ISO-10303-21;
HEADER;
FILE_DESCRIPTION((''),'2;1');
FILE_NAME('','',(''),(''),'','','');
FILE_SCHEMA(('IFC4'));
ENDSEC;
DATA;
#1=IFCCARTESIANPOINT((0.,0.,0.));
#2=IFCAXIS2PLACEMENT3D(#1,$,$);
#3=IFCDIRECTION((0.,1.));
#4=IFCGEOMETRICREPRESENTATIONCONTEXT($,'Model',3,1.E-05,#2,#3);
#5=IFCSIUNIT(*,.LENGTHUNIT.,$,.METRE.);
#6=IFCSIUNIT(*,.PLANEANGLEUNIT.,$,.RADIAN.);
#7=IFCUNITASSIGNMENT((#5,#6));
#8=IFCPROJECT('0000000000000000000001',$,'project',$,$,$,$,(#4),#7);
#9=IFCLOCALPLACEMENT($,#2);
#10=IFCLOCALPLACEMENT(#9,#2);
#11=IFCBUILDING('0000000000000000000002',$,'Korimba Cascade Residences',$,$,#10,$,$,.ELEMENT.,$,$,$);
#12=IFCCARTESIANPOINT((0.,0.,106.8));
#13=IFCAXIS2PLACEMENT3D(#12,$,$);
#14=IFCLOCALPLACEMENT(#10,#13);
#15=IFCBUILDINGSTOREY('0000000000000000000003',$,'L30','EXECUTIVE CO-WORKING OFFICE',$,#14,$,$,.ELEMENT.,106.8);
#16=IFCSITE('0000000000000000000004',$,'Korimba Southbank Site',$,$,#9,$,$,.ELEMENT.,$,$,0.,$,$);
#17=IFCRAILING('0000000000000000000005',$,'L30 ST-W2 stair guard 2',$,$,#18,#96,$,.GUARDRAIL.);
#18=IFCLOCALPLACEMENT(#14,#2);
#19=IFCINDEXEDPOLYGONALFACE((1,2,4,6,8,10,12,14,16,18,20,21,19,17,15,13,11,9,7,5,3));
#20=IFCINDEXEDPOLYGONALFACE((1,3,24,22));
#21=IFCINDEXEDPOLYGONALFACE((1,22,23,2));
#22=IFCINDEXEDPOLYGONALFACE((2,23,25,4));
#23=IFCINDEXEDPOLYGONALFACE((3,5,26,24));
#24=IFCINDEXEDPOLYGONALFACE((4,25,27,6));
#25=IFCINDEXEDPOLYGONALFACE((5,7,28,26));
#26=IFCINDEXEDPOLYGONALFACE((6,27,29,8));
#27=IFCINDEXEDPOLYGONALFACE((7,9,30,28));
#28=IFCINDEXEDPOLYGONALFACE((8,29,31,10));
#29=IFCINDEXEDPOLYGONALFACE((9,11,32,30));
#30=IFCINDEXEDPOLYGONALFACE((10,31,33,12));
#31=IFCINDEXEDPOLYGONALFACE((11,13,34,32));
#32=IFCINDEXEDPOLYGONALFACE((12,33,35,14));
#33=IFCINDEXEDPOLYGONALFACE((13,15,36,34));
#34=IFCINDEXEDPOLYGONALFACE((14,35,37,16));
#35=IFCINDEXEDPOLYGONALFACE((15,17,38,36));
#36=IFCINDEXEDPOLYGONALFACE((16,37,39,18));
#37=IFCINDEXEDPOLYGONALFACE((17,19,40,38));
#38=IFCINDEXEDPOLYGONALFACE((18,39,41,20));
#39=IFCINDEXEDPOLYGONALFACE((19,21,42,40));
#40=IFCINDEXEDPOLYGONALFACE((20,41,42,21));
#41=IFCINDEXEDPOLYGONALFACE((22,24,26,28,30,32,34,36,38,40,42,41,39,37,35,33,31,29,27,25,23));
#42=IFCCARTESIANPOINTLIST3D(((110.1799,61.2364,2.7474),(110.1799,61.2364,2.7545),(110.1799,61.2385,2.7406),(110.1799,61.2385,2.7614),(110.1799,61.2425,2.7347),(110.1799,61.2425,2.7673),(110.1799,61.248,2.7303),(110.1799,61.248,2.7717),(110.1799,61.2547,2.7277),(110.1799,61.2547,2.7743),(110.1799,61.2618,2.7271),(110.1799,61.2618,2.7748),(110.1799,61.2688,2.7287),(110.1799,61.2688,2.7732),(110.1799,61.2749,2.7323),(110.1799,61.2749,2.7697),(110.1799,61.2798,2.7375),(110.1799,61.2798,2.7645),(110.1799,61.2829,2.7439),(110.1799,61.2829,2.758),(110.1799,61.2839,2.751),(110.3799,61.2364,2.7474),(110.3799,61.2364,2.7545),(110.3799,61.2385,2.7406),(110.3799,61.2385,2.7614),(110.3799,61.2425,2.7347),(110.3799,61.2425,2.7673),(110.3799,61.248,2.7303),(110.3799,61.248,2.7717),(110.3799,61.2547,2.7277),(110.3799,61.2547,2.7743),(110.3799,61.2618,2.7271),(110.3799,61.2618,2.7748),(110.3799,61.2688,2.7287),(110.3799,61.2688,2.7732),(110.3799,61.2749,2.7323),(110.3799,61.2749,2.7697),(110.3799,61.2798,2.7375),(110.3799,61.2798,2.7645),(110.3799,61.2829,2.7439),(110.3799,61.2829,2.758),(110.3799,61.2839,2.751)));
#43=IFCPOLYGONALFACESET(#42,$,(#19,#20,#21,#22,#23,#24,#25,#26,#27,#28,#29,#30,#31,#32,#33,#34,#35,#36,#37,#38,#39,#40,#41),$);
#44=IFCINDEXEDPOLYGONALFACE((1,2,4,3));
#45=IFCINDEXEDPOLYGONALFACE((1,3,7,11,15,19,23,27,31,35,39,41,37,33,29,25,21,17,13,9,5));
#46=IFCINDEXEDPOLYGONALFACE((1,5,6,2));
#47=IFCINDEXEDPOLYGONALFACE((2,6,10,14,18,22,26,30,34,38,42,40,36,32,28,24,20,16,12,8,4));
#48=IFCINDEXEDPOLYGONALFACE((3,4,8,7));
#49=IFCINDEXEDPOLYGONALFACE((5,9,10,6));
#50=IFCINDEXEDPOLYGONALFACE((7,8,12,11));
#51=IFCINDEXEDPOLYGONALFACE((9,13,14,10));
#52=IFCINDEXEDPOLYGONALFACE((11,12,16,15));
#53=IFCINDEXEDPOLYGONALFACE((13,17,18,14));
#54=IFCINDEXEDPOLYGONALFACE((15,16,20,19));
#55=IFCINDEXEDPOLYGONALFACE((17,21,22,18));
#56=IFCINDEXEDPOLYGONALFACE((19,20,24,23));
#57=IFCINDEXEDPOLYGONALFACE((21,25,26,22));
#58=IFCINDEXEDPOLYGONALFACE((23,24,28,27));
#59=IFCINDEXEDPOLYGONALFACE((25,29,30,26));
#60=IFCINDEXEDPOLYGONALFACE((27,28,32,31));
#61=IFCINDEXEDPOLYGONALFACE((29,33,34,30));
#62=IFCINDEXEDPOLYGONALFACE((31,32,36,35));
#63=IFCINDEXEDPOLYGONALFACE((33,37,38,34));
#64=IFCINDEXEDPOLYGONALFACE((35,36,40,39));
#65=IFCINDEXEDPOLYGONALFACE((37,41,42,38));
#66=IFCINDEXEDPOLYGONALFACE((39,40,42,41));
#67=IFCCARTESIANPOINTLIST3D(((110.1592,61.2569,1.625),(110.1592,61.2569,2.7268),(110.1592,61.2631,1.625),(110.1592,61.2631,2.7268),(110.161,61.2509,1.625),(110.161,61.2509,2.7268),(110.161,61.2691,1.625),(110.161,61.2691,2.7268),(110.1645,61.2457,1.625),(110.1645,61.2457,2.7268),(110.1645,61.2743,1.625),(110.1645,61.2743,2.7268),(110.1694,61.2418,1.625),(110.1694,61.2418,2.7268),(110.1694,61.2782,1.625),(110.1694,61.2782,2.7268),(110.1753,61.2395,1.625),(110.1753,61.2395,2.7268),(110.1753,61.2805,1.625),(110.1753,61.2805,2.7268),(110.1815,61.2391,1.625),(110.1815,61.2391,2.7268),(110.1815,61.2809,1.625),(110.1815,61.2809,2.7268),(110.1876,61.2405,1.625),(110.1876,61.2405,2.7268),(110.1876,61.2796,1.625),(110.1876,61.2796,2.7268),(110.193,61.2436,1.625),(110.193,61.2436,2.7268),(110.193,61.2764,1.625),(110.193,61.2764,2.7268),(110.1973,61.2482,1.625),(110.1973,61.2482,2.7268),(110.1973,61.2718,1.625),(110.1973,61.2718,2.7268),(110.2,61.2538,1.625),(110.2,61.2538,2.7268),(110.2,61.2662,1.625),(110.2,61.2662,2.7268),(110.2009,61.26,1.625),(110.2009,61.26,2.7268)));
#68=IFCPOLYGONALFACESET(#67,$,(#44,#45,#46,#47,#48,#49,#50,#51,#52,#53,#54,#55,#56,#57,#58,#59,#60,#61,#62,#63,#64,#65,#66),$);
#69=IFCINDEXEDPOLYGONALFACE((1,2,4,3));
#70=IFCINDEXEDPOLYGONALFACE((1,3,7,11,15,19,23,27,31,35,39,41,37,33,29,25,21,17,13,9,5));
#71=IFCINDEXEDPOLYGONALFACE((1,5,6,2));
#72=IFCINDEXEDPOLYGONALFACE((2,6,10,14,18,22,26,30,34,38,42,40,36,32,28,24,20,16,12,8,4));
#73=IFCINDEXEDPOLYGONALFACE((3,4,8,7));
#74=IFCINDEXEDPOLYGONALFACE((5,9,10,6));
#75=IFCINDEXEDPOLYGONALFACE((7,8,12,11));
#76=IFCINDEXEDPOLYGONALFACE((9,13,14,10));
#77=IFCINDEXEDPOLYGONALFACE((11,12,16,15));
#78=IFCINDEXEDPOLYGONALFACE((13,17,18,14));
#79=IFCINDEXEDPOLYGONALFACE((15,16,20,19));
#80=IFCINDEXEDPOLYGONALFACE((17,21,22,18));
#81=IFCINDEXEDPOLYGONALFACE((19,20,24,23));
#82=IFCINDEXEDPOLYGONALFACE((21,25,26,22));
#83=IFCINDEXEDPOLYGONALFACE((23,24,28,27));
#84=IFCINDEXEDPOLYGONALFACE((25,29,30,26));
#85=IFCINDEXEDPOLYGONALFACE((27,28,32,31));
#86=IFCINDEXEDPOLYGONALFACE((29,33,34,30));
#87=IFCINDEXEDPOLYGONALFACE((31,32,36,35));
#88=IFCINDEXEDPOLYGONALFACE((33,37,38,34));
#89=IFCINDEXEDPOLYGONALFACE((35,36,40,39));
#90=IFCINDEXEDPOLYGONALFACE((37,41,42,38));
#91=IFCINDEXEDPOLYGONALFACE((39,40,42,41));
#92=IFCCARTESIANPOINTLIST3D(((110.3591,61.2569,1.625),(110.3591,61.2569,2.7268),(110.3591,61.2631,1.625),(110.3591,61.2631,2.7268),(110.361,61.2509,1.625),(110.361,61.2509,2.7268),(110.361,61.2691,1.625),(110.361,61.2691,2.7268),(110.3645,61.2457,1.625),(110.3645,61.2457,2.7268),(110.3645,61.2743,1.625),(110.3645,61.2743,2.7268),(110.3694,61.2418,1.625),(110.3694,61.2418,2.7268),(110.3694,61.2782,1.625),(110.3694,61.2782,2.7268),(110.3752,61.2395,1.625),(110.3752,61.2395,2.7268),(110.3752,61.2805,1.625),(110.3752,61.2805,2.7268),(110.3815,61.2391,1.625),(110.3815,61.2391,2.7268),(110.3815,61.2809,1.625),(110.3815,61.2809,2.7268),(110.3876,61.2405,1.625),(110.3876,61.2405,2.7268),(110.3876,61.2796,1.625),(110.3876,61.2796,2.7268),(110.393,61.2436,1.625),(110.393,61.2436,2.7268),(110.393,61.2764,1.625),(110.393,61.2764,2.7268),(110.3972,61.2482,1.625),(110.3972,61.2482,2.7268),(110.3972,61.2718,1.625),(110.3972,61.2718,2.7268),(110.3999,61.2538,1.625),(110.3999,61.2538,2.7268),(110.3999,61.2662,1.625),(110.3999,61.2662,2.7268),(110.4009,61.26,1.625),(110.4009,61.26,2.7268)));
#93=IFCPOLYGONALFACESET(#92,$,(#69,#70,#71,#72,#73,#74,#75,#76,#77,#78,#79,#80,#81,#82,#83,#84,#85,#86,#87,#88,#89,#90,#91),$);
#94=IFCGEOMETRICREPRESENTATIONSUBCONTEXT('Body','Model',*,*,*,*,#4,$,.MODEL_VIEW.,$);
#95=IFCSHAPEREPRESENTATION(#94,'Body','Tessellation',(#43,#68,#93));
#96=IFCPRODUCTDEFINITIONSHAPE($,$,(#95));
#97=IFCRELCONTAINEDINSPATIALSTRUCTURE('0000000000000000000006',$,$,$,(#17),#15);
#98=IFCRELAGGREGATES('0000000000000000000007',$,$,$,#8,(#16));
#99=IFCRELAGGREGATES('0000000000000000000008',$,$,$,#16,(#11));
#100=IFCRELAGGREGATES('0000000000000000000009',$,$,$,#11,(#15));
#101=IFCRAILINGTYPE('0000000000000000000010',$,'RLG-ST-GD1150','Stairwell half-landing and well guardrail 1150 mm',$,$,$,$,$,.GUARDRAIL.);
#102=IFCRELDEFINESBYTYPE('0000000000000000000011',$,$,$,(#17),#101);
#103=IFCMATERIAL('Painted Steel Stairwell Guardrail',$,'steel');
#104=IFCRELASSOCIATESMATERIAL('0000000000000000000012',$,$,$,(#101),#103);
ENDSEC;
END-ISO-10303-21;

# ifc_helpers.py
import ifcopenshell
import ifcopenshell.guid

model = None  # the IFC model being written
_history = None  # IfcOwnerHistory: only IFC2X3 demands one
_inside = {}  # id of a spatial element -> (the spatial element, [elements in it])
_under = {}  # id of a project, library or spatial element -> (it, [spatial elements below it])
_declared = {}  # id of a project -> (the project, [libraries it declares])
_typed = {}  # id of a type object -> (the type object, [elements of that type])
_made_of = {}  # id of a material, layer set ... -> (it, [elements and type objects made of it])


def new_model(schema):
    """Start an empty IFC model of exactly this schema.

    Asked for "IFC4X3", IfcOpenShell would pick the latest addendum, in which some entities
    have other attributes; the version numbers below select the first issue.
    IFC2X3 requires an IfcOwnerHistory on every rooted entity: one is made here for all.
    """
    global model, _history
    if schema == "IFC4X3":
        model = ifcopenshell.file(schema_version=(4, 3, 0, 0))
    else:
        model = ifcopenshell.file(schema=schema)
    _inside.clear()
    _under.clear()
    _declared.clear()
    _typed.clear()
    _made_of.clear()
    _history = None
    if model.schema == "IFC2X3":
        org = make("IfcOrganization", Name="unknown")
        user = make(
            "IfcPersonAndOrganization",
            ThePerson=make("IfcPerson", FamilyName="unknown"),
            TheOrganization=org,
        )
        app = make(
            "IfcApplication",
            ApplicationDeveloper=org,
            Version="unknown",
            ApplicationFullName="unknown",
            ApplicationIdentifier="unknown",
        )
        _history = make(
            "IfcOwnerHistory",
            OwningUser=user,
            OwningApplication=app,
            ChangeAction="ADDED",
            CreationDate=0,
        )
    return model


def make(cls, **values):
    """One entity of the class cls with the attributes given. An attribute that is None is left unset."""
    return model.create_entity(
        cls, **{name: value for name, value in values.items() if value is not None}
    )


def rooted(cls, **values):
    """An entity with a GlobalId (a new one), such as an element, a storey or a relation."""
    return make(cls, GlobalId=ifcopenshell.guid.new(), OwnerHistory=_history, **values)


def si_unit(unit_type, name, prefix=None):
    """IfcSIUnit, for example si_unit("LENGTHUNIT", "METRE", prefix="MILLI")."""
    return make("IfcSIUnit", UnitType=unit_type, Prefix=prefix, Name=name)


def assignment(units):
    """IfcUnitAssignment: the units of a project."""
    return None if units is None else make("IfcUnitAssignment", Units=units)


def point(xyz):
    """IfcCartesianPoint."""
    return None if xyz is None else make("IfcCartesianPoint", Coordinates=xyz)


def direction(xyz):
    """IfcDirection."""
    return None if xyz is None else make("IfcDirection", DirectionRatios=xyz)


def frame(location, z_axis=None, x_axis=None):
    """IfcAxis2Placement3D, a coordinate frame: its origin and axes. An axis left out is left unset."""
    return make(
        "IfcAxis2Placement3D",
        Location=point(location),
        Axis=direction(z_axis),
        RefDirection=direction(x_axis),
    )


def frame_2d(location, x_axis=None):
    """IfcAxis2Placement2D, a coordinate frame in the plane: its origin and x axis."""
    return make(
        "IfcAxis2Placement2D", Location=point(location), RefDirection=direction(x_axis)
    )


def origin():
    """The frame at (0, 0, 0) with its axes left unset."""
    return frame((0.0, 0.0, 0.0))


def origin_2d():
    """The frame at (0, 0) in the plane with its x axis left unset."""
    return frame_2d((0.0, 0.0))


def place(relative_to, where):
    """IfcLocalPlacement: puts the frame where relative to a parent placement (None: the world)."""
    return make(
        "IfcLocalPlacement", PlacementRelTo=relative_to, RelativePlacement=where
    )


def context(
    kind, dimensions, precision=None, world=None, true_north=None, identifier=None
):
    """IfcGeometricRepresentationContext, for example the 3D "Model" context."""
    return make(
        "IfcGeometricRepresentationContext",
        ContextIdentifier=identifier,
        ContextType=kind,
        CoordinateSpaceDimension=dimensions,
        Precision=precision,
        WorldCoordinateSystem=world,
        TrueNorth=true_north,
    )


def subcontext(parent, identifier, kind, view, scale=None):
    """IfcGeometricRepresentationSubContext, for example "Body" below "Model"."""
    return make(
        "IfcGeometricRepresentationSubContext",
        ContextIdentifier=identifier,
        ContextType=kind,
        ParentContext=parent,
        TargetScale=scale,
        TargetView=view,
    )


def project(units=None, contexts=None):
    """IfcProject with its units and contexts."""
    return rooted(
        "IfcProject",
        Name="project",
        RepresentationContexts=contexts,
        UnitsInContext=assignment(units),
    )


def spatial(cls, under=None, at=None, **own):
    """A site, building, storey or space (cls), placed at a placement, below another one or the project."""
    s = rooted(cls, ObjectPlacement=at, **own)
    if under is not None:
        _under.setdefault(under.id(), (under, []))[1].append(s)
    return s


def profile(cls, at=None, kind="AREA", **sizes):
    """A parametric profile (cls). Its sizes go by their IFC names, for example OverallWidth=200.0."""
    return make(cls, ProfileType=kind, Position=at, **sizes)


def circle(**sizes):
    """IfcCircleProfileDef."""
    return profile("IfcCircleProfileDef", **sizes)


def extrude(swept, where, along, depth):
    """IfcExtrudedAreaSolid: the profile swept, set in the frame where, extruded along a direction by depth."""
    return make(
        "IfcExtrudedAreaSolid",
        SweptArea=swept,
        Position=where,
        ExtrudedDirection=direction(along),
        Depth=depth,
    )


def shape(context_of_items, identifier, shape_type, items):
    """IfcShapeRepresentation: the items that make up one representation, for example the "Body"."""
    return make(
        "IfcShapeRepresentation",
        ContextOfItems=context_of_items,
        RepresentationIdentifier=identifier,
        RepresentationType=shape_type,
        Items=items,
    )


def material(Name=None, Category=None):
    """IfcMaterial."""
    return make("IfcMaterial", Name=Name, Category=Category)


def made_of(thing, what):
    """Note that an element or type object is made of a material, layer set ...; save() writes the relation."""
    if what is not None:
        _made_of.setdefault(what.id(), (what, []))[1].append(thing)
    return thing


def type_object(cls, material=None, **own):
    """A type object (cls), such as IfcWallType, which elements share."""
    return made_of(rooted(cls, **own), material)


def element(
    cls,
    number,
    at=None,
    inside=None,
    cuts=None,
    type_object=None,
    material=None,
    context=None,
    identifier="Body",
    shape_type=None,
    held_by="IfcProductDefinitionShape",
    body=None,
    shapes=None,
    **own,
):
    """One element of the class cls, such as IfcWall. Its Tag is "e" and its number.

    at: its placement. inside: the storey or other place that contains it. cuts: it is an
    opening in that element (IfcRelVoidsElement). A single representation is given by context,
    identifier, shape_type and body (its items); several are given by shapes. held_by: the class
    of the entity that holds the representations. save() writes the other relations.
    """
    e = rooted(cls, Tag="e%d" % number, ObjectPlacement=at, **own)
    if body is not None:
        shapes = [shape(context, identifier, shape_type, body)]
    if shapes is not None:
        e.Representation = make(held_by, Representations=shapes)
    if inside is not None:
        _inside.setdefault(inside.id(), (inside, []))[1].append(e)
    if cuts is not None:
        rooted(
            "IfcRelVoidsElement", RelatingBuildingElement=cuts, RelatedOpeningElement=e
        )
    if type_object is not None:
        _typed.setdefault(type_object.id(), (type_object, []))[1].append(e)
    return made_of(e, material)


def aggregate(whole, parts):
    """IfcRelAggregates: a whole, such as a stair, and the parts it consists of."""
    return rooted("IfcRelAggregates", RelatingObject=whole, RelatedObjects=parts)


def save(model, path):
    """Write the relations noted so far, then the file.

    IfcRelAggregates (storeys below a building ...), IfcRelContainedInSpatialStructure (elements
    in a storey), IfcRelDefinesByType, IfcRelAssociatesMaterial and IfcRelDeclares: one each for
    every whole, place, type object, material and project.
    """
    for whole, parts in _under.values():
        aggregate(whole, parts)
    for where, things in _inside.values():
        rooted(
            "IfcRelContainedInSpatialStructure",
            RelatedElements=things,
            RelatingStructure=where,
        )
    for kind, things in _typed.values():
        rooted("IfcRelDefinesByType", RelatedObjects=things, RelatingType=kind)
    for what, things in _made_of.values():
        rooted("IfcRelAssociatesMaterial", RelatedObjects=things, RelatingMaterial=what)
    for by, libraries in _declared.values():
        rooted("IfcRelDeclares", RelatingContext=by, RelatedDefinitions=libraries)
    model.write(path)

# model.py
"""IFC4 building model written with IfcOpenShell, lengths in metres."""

from ifc_helpers import new_model, si_unit, direction, frame, origin, origin_2d, place, context, subcontext, project, spatial, circle, extrude, material, type_object, element, save


model = new_model("IFC4")

# Units and contexts
model_context = context("Model", 3, precision=1e-05, world=origin(), true_north=direction((0.0, 1.0)))
body_context = subcontext(model_context, "Body", "Model", "MODEL_VIEW")
ifc_project = project(units=[si_unit("LENGTHUNIT", "METRE"), si_unit("PLANEANGLEUNIT", "RADIAN")], contexts=[model_context])

# Site, building, storey
site_placement = place(None, origin())
site = spatial("IfcSite", under=ifc_project, at=site_placement, Name="Korimba Southbank Site", CompositionType="ELEMENT", RefElevation=0.0)
building_placement = place(site_placement, origin())
building = spatial("IfcBuilding", under=site, at=building_placement, Name="Korimba Cascade Residences", CompositionType="ELEMENT")
storey_placement = place(building_placement, frame((0.0, 0.0, 106.8)))
storey = spatial("IfcBuildingStorey", under=building, at=storey_placement, Name="L30", Description="EXECUTIVE CO-WORKING OFFICE", CompositionType="ELEMENT", Elevation=106.8)

# Railing
ifc_material_1 = material(Name="Painted Steel Stairwell Guardrail", Category="steel")
railing_type_1 = type_object("IfcRailingType", Name="RLG-ST-GD1150", Description="Stairwell half-landing and well guardrail 1150 mm", PredefinedType="GUARDRAIL", material=ifc_material_1)
railing_1_placement = place(storey_placement, frame((110.1799, 61.26, 1.625)))
element("IfcRailing", 1, at=railing_1_placement, inside=storey, type_object=railing_type_1, Name="L30 ST-W2 stair guard 2", PredefinedType="GUARDRAIL", context=body_context, shape_type="SweptSolid", body=[
    extrude(circle(Radius=0.0239, at=origin_2d()), frame((0.0, 0.0, 1.126), z_axis=(1.0, 0.0, 0.0), x_axis=(0.0, 1.0, 0.0)), (0.0, 0.0, 1.0), 0.2),
    extrude(circle(Radius=0.021, at=origin_2d()), origin(), (0.0, 0.0, 1.0), 1.1018),
    extrude(circle(Radius=0.021, at=origin_2d()), frame((0.2, 0.0, 0.0)), (0.0, 0.0, 1.0), 1.1018),
])

save(model, "model.ifc")
